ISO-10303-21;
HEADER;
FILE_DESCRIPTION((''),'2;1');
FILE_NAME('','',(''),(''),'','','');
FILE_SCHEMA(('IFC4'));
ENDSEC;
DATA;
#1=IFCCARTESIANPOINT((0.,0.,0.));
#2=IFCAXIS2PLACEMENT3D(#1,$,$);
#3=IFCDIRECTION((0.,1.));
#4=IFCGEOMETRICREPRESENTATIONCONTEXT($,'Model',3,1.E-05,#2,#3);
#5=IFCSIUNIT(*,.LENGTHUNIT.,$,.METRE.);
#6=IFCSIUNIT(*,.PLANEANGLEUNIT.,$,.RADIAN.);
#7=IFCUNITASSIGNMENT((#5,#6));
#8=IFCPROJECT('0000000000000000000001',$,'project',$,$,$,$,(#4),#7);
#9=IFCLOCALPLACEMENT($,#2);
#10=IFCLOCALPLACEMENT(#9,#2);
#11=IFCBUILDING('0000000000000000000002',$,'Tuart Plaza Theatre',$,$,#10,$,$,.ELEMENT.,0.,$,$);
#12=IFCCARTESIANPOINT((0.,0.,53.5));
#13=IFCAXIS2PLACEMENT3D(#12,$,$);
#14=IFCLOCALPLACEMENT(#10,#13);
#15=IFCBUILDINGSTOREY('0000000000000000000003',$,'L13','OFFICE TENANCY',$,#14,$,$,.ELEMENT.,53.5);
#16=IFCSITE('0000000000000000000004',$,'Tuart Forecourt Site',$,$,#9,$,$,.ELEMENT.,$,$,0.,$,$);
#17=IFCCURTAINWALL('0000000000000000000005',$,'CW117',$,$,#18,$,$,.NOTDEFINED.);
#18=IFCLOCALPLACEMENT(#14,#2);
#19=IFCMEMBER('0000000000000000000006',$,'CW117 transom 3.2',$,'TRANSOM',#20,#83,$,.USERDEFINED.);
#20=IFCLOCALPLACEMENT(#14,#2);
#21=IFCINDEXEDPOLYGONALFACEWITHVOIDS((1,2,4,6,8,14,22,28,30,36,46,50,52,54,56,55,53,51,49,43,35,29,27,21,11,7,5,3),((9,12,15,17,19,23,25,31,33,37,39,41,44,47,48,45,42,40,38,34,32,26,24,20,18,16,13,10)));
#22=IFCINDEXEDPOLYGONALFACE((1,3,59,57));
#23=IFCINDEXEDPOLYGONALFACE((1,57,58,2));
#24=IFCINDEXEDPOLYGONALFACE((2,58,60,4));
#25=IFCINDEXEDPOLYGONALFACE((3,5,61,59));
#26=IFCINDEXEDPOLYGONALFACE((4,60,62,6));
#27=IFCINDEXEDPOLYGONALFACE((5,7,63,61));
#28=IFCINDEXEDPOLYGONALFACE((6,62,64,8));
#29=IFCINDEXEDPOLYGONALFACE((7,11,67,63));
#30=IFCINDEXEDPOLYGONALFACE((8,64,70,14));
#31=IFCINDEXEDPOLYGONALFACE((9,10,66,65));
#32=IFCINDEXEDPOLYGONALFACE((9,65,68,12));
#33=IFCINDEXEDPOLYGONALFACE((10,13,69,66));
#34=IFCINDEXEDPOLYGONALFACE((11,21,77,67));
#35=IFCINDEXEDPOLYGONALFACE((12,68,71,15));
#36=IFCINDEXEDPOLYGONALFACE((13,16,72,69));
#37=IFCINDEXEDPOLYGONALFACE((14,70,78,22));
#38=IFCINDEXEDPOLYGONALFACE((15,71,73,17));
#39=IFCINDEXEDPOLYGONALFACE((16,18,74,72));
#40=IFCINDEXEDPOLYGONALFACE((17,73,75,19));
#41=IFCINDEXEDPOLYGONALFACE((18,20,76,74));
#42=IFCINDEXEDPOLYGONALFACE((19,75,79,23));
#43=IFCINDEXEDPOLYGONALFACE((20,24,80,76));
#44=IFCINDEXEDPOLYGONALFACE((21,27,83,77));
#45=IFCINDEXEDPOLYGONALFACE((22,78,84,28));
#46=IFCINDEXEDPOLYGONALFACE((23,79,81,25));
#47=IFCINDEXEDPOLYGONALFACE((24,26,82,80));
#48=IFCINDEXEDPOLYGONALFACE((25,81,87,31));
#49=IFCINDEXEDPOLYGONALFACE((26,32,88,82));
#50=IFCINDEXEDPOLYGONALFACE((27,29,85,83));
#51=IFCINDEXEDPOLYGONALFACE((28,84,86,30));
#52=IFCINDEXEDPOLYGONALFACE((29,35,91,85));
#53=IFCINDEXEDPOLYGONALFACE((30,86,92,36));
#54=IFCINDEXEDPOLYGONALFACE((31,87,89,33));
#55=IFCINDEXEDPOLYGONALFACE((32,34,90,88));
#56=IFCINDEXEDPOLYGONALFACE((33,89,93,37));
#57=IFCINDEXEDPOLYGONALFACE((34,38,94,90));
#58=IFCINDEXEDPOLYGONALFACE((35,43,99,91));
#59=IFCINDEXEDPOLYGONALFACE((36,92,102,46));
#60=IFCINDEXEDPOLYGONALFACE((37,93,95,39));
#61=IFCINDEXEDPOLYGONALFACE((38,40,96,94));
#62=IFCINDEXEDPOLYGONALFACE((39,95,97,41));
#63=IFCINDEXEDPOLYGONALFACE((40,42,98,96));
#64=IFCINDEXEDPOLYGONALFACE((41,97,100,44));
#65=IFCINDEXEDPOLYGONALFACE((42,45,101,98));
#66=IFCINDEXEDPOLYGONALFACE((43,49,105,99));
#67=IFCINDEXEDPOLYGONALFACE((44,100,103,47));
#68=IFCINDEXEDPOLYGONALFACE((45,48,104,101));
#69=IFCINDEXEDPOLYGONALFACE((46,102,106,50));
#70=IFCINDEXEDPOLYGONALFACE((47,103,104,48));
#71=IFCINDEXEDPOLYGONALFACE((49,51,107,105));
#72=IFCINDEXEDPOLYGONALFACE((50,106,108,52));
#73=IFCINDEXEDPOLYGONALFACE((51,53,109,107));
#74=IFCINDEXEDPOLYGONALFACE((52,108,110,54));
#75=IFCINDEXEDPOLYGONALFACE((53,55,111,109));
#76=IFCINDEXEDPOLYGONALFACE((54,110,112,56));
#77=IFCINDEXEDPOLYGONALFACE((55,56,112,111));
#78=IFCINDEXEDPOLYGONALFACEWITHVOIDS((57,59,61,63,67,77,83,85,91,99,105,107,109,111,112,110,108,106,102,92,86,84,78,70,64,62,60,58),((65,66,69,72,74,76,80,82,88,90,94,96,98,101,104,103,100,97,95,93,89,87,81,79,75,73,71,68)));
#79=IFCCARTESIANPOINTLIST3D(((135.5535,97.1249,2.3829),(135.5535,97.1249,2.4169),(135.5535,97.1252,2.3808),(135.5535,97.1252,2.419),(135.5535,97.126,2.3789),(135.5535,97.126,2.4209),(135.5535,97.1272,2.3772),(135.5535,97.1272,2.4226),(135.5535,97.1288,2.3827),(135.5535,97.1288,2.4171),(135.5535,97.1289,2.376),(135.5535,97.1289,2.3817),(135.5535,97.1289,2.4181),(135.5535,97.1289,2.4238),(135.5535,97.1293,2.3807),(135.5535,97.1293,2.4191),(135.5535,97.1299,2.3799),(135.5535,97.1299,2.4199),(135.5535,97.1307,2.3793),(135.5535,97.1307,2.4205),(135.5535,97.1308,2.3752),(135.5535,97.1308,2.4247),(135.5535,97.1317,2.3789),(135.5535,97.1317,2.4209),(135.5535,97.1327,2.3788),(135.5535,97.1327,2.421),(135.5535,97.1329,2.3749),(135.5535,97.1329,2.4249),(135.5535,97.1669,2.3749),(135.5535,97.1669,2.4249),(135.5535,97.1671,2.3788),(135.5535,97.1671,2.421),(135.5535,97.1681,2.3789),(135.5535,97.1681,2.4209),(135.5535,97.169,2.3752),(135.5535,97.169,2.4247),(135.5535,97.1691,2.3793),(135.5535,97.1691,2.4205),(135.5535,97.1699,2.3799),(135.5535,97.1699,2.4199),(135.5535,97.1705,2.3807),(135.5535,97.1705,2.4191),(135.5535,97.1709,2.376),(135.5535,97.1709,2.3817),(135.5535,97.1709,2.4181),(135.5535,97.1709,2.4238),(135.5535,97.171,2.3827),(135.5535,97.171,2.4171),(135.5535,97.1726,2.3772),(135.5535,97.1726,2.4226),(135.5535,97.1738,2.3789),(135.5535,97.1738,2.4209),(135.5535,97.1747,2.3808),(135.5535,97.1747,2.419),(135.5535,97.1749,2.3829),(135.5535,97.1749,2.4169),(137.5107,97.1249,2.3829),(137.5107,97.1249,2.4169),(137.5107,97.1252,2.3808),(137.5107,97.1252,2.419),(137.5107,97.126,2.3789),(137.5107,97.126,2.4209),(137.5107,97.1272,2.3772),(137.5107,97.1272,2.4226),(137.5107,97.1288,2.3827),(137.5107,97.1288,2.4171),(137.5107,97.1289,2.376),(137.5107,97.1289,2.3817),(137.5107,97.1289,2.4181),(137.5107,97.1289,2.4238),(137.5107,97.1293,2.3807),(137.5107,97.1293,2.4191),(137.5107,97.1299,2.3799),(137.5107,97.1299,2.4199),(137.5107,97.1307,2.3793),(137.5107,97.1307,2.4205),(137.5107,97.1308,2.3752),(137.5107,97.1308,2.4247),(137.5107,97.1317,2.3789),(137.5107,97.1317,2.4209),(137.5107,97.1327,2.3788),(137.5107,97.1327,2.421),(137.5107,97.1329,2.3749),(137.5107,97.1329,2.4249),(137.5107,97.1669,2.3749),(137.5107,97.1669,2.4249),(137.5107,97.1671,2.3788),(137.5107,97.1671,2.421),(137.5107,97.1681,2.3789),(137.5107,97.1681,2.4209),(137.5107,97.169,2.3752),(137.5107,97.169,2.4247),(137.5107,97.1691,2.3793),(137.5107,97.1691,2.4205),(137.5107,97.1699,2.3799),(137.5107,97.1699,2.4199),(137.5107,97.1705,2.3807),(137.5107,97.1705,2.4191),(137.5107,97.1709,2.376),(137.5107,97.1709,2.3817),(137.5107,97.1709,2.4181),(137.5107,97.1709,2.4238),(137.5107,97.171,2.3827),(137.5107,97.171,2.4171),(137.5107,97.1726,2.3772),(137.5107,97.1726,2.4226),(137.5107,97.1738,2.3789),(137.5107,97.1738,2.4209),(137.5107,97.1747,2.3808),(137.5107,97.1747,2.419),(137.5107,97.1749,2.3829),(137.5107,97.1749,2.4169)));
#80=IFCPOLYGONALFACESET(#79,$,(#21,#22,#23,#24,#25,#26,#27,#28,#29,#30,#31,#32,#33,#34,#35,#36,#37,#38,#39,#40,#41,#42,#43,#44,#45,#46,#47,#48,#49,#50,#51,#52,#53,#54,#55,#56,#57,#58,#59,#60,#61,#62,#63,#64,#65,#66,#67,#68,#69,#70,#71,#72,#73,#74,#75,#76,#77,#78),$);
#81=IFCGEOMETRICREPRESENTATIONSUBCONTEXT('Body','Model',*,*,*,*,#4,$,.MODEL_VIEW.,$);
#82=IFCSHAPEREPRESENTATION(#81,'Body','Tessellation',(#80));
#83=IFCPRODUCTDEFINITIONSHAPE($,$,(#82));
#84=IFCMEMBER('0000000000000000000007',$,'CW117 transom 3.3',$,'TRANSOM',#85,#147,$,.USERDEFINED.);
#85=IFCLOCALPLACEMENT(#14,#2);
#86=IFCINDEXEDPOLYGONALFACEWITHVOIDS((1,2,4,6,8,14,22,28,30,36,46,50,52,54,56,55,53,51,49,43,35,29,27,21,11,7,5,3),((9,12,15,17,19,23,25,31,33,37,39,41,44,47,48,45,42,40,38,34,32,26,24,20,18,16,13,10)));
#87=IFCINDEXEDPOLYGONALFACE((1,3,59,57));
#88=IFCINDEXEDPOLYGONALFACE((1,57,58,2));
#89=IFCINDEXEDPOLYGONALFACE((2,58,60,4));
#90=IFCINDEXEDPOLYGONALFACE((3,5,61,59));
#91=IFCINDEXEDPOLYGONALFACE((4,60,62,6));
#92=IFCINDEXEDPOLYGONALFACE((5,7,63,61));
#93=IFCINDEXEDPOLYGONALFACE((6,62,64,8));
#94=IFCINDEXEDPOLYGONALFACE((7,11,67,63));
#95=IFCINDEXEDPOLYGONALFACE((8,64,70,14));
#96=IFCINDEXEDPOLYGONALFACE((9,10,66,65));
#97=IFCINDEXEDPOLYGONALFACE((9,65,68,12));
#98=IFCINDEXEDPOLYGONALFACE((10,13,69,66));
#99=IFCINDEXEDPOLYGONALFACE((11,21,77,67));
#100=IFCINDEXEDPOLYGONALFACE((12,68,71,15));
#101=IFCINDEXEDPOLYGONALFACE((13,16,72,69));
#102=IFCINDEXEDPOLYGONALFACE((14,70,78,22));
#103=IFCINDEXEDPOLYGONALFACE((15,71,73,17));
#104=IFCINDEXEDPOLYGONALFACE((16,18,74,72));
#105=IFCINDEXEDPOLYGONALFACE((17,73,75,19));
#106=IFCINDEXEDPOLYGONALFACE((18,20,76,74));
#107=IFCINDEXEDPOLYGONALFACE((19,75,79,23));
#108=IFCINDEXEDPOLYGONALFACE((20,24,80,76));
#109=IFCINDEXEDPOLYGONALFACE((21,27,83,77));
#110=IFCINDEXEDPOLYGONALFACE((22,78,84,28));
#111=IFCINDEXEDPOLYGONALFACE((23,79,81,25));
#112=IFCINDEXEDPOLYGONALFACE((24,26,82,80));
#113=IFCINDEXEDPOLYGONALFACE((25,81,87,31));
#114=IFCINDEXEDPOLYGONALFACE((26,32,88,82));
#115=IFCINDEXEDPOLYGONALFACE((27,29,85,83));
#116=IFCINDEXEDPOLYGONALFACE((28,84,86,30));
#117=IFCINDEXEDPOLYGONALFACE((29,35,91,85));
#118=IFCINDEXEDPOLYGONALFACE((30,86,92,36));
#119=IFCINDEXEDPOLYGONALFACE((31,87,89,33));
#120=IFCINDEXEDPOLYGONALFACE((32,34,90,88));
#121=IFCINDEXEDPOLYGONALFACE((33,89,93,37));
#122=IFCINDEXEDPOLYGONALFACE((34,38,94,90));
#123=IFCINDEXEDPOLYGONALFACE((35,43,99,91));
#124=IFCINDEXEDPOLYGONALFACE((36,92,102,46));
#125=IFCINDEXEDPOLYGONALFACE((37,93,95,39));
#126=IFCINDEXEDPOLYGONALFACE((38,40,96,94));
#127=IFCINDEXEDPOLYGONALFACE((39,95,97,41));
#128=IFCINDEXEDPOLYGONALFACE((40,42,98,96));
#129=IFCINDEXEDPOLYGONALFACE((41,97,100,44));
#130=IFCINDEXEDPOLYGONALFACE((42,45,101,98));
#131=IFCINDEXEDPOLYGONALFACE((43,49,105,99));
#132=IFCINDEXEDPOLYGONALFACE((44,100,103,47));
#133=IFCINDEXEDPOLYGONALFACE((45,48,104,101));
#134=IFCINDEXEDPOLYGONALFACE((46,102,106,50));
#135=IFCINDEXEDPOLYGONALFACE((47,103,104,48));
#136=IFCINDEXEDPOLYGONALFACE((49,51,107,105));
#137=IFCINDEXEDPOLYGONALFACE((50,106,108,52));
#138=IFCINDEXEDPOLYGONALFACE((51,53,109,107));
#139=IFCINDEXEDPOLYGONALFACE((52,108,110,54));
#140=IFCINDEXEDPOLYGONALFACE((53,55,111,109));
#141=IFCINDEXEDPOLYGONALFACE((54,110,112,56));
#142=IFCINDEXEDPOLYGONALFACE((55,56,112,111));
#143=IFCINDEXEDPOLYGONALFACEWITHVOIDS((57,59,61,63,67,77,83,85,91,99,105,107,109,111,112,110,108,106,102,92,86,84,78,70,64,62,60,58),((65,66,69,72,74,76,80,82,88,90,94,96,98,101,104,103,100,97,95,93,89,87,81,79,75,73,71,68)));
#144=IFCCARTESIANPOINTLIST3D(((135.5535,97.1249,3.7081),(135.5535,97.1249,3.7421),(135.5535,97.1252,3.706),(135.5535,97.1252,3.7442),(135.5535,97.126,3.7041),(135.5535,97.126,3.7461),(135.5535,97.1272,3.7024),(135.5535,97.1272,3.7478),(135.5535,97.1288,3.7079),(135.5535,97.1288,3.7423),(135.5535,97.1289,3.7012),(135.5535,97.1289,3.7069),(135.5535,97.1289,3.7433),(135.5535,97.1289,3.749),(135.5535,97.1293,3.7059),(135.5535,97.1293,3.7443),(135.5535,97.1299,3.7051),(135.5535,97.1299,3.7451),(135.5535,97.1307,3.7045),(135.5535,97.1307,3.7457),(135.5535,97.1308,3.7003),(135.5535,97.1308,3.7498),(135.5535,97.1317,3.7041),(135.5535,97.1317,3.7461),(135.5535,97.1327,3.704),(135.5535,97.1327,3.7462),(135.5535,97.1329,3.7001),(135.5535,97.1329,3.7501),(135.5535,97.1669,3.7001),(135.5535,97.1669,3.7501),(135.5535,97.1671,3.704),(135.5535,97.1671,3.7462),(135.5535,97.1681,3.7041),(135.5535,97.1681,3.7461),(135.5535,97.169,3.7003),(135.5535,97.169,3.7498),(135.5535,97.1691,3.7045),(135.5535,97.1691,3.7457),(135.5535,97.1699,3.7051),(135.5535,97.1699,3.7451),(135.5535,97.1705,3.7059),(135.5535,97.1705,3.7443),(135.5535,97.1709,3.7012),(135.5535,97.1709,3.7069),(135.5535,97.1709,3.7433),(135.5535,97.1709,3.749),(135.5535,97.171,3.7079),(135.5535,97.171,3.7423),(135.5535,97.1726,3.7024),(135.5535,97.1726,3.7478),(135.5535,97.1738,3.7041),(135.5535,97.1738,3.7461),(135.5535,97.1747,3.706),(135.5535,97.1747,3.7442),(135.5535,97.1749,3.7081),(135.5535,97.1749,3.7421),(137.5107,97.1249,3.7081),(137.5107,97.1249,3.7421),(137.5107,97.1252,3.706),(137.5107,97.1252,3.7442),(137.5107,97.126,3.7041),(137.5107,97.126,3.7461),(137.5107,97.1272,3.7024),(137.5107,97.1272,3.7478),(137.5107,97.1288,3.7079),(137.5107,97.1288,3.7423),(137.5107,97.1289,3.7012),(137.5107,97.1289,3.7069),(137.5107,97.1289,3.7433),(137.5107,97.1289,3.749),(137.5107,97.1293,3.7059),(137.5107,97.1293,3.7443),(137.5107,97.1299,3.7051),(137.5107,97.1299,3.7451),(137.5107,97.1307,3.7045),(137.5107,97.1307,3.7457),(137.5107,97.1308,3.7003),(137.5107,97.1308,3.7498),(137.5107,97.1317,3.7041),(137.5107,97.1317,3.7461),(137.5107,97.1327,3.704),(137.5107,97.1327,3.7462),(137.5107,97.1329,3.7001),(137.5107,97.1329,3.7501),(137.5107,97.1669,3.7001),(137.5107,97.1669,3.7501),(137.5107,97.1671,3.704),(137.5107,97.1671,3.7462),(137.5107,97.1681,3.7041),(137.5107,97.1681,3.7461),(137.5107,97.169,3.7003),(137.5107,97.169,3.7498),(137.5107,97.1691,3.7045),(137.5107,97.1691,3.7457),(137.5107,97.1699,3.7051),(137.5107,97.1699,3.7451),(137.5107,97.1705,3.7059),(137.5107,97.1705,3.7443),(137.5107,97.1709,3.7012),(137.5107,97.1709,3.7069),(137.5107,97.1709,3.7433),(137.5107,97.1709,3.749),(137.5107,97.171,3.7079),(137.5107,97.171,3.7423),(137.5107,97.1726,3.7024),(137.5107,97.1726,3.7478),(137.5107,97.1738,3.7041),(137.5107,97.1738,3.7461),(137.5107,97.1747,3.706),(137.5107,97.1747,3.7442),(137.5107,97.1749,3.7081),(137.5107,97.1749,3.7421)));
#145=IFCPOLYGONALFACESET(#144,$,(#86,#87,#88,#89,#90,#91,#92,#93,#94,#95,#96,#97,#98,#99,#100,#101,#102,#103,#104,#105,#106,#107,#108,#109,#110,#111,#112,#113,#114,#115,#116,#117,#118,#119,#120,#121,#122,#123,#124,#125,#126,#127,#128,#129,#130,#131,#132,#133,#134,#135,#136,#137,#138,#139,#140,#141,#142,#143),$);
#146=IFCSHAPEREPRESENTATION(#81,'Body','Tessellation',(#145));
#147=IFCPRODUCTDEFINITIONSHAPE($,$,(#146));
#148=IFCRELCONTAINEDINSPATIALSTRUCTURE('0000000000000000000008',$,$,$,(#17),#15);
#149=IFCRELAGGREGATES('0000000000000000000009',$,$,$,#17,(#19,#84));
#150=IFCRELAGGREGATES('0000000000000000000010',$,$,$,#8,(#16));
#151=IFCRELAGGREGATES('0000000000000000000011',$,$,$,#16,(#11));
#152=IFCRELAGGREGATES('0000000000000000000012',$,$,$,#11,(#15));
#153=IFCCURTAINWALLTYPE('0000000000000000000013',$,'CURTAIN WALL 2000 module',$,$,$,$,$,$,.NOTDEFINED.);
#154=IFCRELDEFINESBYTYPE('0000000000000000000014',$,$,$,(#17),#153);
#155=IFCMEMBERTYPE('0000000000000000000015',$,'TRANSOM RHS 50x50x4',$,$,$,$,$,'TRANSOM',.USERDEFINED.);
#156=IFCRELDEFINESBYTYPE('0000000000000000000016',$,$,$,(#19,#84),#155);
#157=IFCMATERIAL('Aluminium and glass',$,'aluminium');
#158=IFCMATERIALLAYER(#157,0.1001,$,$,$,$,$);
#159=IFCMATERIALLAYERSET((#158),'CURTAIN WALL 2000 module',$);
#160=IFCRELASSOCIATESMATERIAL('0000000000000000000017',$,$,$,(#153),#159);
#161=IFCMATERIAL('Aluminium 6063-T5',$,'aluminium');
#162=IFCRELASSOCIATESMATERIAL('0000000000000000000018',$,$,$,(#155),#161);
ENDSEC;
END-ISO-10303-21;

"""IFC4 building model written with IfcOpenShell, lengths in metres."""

from ifc_helpers import new_model, si_unit, direction, frame, origin, origin_2d, place, context, subcontext, project, spatial, hollow_rectangle, extrude, material, layer, layer_set, material_profile, profile_set, type_object, element, aggregate, save


model = new_model("IFC4")

# Units and contexts
model_context = context("Model", 3, precision=1e-05, world=origin(), true_north=direction((0.0, 1.0)))
body_context = subcontext(model_context, "Body", "Model", "MODEL_VIEW")
ifc_project = project(units=[si_unit("LENGTHUNIT", "METRE"), si_unit("PLANEANGLEUNIT", "RADIAN")], contexts=[model_context])

# Site, building, storey
site_placement = place(None, origin())
site = spatial("IfcSite", under=ifc_project, at=site_placement, Name="Tuart Forecourt Site", CompositionType="ELEMENT", RefElevation=0.0)
building_placement = place(site_placement, origin())
building = spatial("IfcBuilding", under=site, at=building_placement, Name="Tuart Plaza Theatre", CompositionType="ELEMENT", ElevationOfRefHeight=0.0)
storey_placement = place(building_placement, frame((0.0, 0.0, 53.5)))
storey = spatial("IfcBuildingStorey", under=building, at=storey_placement, Name="L13", Description="OFFICE TENANCY", CompositionType="ELEMENT", Elevation=53.5)

# Curtain wall, members
ifc_material_1 = material(Name="Aluminium and glass", Category="aluminium")
ifc_layer_1 = layer(ifc_material_1, 0.1001)
ifc_layer_set_1 = layer_set([ifc_layer_1], Name="CURTAIN WALL 2000 module")
curtain_wall_type = type_object("IfcCurtainWallType", Name="CURTAIN WALL 2000 module", PredefinedType="NOTDEFINED", material=ifc_layer_set_1)
curtain_wall_placement = place(storey_placement, origin())
curtain_wall = element("IfcCurtainWall", 1, at=curtain_wall_placement, inside=storey, type_object=curtain_wall_type, Name="CW117", PredefinedType="NOTDEFINED")
ifc_material_2 = material(Name="Aluminium 6063-T5", Category="aluminium")
ifc_material_profile_1 = material_profile(ifc_material_2, hollow_rectangle(XDim=0.05, YDim=0.05, WallThickness=0.0039, InnerFilletRadius=0.0039, OuterFilletRadius=0.0081, at=origin_2d()), Name="RHS 50x50x4")
ifc_profile_set_1 = profile_set([ifc_material_profile_1], Name="Aluminium 6063-T5")
member_type_1 = type_object("IfcMemberType", Name="TRANSOM RHS 50x50x4", ElementType="TRANSOM", PredefinedType="USERDEFINED", material=ifc_profile_set_1)
member_1_placement = place(storey_placement, frame((137.5107, 97.1499, 2.3999), z_axis=(-1.0, 0.0, 0.0), x_axis=(0.0, -1.0, 0.0)))
member_1 = element("IfcMember", 2, at=member_1_placement, type_object=member_type_1, Name="CW117 transom 3.2", ObjectType="TRANSOM", PredefinedType="USERDEFINED", context=body_context, shape_type="SweptSolid", body=[
    extrude(hollow_rectangle(XDim=0.05, YDim=0.05, WallThickness=0.0039, InnerFilletRadius=0.0039, OuterFilletRadius=0.0081, at=origin_2d()), origin(), (0.0, 0.0, 1.0), 1.9573),
])
member_2_placement = place(storey_placement, frame((137.5107, 97.1499, 3.7251), z_axis=(-1.0, 0.0, 0.0), x_axis=(0.0, -1.0, 0.0)))
member_2 = element("IfcMember", 3, at=member_2_placement, type_object=member_type_1, Name="CW117 transom 3.3", ObjectType="TRANSOM", PredefinedType="USERDEFINED", context=body_context, shape_type="SweptSolid", body=[
    extrude(hollow_rectangle(XDim=0.05, YDim=0.05, WallThickness=0.0039, InnerFilletRadius=0.0039, OuterFilletRadius=0.0081, at=origin_2d()), origin(), (0.0, 0.0, 1.0), 1.9573),
])
aggregate(curtain_wall, [member_1, member_2])

save(model, "model.ifc")
